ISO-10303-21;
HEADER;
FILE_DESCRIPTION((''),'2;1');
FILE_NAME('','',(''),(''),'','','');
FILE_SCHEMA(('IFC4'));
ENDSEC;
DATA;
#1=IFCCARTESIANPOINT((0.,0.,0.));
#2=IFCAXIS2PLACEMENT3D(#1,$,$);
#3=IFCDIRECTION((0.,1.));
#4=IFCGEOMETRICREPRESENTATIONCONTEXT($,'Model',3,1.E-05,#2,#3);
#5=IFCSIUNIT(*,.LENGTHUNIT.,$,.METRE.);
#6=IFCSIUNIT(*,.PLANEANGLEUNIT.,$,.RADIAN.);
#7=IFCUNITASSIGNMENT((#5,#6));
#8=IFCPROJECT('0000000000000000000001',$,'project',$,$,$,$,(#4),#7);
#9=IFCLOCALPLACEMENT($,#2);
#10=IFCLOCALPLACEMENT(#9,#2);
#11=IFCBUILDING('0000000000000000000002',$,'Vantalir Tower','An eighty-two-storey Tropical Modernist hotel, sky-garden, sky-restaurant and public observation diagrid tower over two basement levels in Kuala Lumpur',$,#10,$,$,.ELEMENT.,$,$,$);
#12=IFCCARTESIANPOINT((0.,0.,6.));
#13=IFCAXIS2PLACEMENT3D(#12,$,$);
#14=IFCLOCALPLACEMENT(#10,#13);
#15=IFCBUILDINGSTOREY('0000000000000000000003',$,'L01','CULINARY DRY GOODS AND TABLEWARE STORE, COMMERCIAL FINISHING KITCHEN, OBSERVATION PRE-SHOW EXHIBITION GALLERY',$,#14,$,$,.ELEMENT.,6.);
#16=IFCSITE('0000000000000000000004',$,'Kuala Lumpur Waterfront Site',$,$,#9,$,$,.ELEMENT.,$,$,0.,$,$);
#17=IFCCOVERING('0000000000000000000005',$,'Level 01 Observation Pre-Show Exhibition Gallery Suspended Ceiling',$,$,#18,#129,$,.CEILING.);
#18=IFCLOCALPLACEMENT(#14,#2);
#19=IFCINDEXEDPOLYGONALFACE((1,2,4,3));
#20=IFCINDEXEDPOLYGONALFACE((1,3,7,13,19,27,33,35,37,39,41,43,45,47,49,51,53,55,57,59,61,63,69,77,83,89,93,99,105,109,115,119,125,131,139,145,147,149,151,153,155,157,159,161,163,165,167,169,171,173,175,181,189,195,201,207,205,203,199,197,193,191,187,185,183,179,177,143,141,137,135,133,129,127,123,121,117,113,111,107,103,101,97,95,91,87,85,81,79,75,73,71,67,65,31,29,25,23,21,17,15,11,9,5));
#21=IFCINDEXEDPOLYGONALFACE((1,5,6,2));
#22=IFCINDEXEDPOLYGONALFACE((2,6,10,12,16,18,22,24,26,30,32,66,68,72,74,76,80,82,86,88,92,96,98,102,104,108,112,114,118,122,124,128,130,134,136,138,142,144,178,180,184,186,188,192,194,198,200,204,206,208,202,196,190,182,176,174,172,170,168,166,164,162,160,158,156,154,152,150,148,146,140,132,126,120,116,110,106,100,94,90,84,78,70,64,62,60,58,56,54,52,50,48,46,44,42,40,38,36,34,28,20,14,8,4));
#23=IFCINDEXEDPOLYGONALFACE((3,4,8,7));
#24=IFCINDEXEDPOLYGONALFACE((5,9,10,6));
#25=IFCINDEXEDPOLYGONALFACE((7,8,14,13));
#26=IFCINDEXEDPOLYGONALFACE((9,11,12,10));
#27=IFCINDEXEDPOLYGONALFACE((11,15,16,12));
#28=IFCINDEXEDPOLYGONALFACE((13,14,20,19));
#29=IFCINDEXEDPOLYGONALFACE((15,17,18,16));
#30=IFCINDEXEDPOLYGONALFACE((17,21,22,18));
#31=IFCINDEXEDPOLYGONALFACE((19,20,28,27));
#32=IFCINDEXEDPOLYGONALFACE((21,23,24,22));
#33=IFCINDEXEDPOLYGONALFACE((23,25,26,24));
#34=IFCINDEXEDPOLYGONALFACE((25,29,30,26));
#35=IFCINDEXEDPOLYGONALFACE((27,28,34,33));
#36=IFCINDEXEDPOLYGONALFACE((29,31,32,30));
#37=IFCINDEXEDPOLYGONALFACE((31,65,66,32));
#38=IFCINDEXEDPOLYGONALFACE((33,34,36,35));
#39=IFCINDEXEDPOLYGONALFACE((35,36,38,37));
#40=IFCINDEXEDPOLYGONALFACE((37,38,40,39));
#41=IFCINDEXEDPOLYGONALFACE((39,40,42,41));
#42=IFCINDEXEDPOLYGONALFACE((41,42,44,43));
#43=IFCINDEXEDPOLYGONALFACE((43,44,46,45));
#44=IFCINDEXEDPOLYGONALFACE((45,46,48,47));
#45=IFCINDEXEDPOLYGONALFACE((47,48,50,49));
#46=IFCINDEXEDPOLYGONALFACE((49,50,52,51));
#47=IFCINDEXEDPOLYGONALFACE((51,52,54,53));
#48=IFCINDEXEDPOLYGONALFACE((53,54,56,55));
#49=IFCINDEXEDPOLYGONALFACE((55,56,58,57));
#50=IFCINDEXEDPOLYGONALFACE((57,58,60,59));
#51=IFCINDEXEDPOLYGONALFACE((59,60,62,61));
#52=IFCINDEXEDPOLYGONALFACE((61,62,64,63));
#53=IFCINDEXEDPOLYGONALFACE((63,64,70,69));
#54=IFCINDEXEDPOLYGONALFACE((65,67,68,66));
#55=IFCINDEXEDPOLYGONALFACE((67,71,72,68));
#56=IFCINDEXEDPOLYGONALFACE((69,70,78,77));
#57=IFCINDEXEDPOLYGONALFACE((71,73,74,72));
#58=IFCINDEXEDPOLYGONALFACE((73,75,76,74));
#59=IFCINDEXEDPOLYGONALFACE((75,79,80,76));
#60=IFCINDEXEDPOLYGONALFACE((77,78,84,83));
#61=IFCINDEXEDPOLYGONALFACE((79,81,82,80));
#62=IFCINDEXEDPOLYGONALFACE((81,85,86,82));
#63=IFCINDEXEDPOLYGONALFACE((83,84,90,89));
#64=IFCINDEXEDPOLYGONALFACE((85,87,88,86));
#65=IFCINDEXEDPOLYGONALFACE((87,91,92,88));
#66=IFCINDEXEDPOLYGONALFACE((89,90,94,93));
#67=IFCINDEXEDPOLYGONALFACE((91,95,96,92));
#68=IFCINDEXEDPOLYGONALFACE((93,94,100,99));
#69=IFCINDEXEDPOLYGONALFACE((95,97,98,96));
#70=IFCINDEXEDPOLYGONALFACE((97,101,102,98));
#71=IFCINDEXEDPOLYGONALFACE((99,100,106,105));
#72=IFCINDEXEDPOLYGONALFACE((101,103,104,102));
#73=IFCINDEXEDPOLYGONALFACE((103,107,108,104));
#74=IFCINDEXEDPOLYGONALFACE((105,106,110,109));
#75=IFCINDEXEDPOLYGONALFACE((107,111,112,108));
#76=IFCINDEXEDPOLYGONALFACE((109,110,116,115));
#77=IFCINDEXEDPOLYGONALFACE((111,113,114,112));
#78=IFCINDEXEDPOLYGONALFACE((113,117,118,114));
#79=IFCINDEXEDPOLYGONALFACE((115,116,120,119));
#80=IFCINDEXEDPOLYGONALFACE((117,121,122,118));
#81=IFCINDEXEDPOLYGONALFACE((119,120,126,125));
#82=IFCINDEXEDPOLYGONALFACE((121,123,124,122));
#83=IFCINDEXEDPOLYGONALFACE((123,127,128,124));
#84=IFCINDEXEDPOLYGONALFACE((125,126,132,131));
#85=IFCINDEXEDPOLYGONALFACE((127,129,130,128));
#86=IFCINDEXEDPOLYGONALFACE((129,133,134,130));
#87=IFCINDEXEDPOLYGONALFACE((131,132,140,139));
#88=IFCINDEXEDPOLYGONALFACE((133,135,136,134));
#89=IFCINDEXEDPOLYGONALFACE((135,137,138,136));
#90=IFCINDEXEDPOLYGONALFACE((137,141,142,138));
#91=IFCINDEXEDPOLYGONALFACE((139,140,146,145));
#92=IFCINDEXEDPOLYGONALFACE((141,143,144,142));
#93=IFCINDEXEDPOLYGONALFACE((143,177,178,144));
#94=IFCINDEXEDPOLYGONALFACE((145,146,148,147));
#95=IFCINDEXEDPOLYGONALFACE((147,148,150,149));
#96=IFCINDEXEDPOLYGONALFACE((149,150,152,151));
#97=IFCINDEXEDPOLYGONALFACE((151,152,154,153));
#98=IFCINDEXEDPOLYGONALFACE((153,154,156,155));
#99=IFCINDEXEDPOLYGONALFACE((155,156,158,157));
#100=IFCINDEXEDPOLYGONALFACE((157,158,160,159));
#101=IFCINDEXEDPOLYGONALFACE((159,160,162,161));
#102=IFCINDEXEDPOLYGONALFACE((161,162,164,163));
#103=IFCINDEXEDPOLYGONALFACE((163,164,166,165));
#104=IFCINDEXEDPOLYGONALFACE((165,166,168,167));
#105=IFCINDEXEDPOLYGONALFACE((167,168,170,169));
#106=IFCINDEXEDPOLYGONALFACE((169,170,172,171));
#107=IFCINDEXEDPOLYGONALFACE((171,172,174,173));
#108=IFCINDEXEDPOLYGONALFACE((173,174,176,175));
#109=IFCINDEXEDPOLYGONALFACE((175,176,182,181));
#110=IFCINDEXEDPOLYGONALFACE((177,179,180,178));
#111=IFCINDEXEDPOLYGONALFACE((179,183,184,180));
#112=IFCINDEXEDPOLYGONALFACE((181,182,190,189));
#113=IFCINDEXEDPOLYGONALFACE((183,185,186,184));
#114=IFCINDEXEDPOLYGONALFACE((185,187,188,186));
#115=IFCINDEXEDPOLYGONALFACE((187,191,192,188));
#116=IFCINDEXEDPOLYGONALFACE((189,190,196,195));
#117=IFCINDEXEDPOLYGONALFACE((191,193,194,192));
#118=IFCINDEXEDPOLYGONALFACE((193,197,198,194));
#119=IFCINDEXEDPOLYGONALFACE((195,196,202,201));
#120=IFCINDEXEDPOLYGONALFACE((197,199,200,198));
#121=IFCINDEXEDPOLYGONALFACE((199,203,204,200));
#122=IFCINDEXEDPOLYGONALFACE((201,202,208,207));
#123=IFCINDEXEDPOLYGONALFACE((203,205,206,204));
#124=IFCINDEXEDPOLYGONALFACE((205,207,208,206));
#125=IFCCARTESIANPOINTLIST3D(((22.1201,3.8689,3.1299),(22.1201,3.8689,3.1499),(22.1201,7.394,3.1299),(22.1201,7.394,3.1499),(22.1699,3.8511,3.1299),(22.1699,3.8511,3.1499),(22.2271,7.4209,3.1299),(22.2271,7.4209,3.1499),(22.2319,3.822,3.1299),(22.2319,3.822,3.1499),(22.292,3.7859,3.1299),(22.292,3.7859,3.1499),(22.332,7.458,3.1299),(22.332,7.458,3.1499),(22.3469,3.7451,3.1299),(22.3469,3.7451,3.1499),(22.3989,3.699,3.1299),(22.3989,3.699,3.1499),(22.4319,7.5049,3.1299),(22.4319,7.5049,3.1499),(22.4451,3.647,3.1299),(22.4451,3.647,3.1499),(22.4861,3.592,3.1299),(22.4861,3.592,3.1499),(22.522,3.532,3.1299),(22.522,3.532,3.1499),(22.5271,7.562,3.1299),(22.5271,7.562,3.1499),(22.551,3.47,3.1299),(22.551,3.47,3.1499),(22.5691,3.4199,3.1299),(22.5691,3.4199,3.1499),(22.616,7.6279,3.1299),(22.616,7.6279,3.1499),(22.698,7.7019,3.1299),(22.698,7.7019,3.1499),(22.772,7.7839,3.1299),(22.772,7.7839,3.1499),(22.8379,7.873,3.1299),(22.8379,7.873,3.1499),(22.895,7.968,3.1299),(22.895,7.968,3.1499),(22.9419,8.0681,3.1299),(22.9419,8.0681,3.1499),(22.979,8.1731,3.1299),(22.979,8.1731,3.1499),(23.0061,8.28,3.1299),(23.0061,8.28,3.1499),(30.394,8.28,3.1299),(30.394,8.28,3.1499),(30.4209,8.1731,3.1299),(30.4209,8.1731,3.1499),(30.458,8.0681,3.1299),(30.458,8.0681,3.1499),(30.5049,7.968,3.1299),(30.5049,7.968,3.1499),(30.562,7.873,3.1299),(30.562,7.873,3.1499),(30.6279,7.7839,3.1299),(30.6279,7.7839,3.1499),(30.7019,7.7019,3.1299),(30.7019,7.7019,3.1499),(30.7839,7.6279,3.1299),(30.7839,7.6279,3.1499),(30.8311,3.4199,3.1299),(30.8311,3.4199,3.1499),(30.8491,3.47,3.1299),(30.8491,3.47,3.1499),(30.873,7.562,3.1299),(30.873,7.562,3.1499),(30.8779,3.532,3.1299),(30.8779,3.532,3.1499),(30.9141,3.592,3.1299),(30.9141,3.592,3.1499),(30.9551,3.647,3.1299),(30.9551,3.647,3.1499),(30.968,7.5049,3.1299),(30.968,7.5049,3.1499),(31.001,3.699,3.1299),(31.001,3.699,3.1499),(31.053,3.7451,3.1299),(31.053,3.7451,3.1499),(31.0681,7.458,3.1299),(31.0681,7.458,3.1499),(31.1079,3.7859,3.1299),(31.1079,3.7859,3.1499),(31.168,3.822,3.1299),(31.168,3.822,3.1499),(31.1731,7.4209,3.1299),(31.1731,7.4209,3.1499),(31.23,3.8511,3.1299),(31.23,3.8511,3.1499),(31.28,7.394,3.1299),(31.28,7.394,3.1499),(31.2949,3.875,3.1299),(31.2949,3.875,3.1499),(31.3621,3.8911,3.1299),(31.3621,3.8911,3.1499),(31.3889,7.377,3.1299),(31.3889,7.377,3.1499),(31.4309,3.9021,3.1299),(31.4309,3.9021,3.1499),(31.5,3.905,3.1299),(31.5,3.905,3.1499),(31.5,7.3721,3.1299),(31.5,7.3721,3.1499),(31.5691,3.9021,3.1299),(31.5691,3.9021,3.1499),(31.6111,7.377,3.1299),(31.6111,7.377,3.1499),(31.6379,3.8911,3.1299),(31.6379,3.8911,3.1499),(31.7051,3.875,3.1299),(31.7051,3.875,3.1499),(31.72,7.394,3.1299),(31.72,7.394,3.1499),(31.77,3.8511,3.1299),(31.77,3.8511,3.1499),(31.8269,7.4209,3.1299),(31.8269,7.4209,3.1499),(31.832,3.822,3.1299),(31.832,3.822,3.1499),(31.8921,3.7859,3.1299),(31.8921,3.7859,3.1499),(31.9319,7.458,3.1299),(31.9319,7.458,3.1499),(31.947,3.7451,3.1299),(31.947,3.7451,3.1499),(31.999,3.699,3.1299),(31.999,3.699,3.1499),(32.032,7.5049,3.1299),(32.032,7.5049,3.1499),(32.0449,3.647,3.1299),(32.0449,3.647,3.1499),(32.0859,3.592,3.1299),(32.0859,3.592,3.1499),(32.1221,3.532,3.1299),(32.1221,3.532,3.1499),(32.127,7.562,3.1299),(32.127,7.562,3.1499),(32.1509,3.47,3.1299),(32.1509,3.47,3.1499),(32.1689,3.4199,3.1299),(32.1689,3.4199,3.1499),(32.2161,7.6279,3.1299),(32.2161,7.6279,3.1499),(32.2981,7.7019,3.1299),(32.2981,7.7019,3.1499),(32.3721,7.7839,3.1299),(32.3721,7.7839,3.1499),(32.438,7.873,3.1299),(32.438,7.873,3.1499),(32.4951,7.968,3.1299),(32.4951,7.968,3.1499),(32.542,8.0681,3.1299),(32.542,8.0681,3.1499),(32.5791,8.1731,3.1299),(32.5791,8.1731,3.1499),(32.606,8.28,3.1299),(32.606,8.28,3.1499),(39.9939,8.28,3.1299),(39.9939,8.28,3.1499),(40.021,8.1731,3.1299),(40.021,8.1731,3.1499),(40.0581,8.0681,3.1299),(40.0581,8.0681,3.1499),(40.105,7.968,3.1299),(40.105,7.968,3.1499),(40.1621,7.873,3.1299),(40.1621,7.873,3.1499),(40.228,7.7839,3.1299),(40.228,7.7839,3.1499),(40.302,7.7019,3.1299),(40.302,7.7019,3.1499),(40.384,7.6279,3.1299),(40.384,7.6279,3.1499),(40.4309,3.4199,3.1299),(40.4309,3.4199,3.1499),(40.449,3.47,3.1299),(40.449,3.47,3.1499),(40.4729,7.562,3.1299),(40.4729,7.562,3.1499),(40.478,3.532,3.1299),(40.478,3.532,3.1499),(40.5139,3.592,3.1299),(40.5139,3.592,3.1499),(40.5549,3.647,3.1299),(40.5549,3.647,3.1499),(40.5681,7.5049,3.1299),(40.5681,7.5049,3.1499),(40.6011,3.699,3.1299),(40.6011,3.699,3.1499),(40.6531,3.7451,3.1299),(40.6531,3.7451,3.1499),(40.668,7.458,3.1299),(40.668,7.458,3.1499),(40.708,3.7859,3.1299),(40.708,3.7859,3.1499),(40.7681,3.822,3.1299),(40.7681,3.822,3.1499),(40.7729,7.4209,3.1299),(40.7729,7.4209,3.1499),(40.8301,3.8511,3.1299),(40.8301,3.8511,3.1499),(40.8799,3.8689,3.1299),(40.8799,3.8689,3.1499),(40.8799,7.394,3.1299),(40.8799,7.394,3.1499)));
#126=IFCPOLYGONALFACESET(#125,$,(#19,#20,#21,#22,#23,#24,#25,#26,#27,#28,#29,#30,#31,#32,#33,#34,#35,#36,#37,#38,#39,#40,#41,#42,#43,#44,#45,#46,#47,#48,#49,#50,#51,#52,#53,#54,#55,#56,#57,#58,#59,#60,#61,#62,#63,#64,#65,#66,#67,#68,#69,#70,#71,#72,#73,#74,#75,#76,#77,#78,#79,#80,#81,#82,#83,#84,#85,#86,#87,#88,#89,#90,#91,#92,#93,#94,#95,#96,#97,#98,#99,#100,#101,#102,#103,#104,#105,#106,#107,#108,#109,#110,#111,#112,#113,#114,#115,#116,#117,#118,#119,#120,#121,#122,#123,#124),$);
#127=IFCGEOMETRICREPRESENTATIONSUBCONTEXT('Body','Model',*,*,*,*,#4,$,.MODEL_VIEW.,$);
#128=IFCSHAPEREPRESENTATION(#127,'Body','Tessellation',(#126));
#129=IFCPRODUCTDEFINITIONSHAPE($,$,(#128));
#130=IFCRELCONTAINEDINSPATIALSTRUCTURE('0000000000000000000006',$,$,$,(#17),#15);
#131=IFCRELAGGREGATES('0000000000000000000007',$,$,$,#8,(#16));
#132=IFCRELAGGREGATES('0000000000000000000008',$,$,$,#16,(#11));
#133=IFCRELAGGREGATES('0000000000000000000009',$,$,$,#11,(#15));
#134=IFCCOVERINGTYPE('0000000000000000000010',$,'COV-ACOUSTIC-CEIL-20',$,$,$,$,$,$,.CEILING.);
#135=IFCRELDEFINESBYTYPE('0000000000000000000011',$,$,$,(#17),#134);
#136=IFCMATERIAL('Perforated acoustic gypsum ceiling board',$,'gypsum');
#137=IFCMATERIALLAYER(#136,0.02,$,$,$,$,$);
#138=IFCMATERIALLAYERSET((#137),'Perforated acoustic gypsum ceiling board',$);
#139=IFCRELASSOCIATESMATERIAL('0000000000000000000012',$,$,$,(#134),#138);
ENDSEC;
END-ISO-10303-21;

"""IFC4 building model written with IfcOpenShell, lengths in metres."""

from ifc_helpers import new_model, si_unit, direction, frame, origin, place, context, subcontext, project, spatial, polyline, outline, extrude, material, layer, layer_set, type_object, element, save


model = new_model("IFC4")

# Units and contexts
model_context = context("Model", 3, precision=1e-05, world=origin(), true_north=direction((0.0, 1.0)))
body_context = subcontext(model_context, "Body", "Model", "MODEL_VIEW")
ifc_project = project(units=[si_unit("LENGTHUNIT", "METRE"), si_unit("PLANEANGLEUNIT", "RADIAN")], contexts=[model_context])

# Site, building, storey
site_placement = place(None, origin())
site = spatial("IfcSite", under=ifc_project, at=site_placement, Name="Kuala Lumpur Waterfront Site", CompositionType="ELEMENT", RefElevation=0.0)
building_placement = place(site_placement, origin())
building = spatial("IfcBuilding", under=site, at=building_placement, Name="Vantalir Tower", Description="An eighty-two-storey Tropical Modernist hotel, sky-garden, sky-restaurant and public observation diagrid tower over two basement levels in Kuala Lumpur", CompositionType="ELEMENT")
storey_placement = place(building_placement, frame((0.0, 0.0, 6.0)))
storey = spatial("IfcBuildingStorey", under=building, at=storey_placement, Name="L01", Description="CULINARY DRY GOODS AND TABLEWARE STORE, COMMERCIAL FINISHING KITCHEN, OBSERVATION PRE-SHOW EXHIBITION GALLERY", CompositionType="ELEMENT", Elevation=6.0)

# Covering
ifc_material_1 = material(Name="Perforated acoustic gypsum ceiling board", Category="gypsum")
ifc_layer_1 = layer(ifc_material_1, 0.02)
ifc_layer_set_1 = layer_set([ifc_layer_1], Name="Perforated acoustic gypsum ceiling board")
covering_type_1 = type_object("IfcCoveringType", Name="COV-ACOUSTIC-CEIL-20", PredefinedType="CEILING", material=ifc_layer_set_1)
covering_1_placement = place(storey_placement, frame((0.0, 0.0, 3.1299)))
element("IfcCovering", 1, at=covering_1_placement, inside=storey, type_object=covering_type_1, Name="Level 01 Observation Pre-Show Exhibition Gallery Suspended Ceiling", PredefinedType="CEILING", context=body_context, shape_type="SweptSolid", body=[
    extrude(outline(polyline([(40.8799, 7.394), (40.7729, 7.4209), (40.668, 7.458), (40.5681, 7.5049), (40.4729, 7.562), (40.384, 7.6279), (40.302, 7.7019), (40.228, 7.7839), (40.1621, 7.873), (40.105, 7.968), (40.0581, 8.0681), (40.021, 8.1731), (39.9939, 8.28), (32.606, 8.28), (32.5791, 8.1731), (32.542, 8.0681), (32.4951, 7.968), (32.438, 7.873), (32.3721, 7.7839), (32.2981, 7.7019), (32.2161, 7.6279), (32.127, 7.562), (32.032, 7.5049), (31.9319, 7.458), (31.8269, 7.4209), (31.72, 7.394), (31.6111, 7.377), (31.5, 7.3721), (31.3889, 7.377), (31.28, 7.394), (31.1731, 7.4209), (31.0681, 7.458), (30.968, 7.5049), (30.873, 7.562), (30.7839, 7.6279), (30.7019, 7.7019), (30.6279, 7.7839), (30.562, 7.873), (30.5049, 7.968), (30.458, 8.0681), (30.4209, 8.1731), (30.394, 8.28), (23.0061, 8.28), (22.979, 8.1731), (22.9419, 8.0681), (22.895, 7.968), (22.8379, 7.873), (22.772, 7.7839), (22.698, 7.7019), (22.616, 7.6279), (22.5271, 7.562), (22.4319, 7.5049), (22.332, 7.458), (22.2271, 7.4209), (22.1201, 7.394), (22.1201, 3.8689), (22.1699, 3.8511), (22.2319, 3.822), (22.292, 3.7859), (22.3469, 3.7451), (22.3989, 3.699), (22.4451, 3.647), (22.4861, 3.592), (22.522, 3.532), (22.551, 3.47), (22.5691, 3.4199), (30.8311, 3.4199), (30.8491, 3.47), (30.8779, 3.532), (30.9141, 3.592), (30.9551, 3.647), (31.001, 3.699), (31.053, 3.7451), (31.1079, 3.7859), (31.168, 3.822), (31.23, 3.8511), (31.2949, 3.875), (31.3621, 3.8911), (31.4309, 3.9021), (31.5, 3.905), (31.5691, 3.9021), (31.6379, 3.8911), (31.7051, 3.875), (31.77, 3.8511), (31.832, 3.822), (31.8921, 3.7859), (31.947, 3.7451), (31.999, 3.699), (32.0449, 3.647), (32.0859, 3.592), (32.1221, 3.532), (32.1509, 3.47), (32.1689, 3.4199), (40.4309, 3.4199), (40.449, 3.47), (40.478, 3.532), (40.5139, 3.592), (40.5549, 3.647), (40.6011, 3.699), (40.6531, 3.7451), (40.708, 3.7859), (40.7681, 3.822), (40.8301, 3.8511), (40.8799, 3.8689), (40.8799, 7.394)])), origin(), (0.0, 0.0, 1.0), 0.02),
])

save(model, "model.ifc")
